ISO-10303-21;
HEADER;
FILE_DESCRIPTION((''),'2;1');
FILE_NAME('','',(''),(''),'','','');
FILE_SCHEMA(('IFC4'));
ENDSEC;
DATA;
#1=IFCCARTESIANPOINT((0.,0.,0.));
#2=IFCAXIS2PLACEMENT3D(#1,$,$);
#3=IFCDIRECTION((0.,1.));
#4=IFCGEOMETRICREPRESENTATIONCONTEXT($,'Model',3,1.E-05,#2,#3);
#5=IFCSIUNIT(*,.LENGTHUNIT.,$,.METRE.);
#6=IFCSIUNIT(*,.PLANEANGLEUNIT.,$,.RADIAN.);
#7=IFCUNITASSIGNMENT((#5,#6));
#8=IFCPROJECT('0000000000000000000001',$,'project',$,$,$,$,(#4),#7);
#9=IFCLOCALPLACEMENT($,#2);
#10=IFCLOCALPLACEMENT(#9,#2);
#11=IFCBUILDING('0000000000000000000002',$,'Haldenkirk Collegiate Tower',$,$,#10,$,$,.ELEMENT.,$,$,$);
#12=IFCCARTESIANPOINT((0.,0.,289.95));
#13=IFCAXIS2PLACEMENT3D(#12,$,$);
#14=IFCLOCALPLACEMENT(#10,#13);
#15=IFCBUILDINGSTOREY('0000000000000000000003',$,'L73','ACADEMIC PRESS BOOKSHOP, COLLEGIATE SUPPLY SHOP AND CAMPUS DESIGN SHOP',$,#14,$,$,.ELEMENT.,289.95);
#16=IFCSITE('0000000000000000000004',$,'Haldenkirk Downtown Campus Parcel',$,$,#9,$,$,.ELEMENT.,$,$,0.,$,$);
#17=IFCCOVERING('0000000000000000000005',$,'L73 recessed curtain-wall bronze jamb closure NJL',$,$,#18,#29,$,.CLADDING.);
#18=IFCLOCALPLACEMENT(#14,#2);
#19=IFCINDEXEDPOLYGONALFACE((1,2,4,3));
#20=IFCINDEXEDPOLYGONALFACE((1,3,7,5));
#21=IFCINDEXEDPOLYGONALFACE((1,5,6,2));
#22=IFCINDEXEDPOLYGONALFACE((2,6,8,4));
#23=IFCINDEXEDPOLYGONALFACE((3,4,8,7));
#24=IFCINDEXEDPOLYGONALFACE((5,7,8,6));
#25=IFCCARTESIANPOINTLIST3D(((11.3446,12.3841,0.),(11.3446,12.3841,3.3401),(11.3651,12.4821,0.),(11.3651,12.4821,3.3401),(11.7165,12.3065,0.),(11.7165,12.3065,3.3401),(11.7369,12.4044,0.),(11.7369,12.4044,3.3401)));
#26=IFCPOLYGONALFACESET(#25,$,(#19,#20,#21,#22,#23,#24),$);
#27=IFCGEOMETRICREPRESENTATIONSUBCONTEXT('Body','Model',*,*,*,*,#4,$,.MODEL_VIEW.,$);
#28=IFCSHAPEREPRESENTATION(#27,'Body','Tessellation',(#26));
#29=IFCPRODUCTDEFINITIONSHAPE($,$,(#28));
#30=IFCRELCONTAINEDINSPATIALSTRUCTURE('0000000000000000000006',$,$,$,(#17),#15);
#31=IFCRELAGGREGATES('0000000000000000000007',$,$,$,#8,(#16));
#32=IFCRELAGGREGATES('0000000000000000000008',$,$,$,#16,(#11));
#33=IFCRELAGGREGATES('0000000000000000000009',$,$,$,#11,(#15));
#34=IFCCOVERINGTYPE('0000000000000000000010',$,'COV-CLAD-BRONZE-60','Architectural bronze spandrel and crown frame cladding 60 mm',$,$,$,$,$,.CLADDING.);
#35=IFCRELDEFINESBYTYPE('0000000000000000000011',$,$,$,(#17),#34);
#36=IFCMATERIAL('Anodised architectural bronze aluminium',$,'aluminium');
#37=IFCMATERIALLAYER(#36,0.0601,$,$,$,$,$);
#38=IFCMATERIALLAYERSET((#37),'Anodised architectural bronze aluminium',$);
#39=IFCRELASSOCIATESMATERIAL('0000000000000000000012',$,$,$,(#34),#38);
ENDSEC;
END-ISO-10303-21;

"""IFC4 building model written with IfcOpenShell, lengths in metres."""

from ifc_helpers import new_model, si_unit, direction, frame, origin, origin_2d, place, context, subcontext, project, spatial, rectangle, extrude, source, transform, mapped, material, layer, layer_set, type_object, element, save


model = new_model("IFC4")

# Units and contexts
model_context = context("Model", 3, precision=1e-05, world=origin(), true_north=direction((0.0, 1.0)))
body_context = subcontext(model_context, "Body", "Model", "MODEL_VIEW")
ifc_project = project(units=[si_unit("LENGTHUNIT", "METRE"), si_unit("PLANEANGLEUNIT", "RADIAN")], contexts=[model_context])

# Site, building, storey
site_placement = place(None, origin())
site = spatial("IfcSite", under=ifc_project, at=site_placement, Name="Haldenkirk Downtown Campus Parcel", CompositionType="ELEMENT", RefElevation=0.0)
building_placement = place(site_placement, origin())
building = spatial("IfcBuilding", under=site, at=building_placement, Name="Haldenkirk Collegiate Tower", CompositionType="ELEMENT")
storey_placement = place(building_placement, frame((0.0, 0.0, 289.95)))
storey = spatial("IfcBuildingStorey", under=building, at=storey_placement, Name="L73", Description="ACADEMIC PRESS BOOKSHOP, COLLEGIATE SUPPLY SHOP AND CAMPUS DESIGN SHOP", CompositionType="ELEMENT", Elevation=289.95)

# Shared definitions
ifc_material_1 = material(Name="Anodised architectural bronze aluminium", Category="aluminium")

# Covering
ifc_layer_1 = layer(ifc_material_1, 0.0601)
ifc_layer_set_1 = layer_set([ifc_layer_1], Name="Anodised architectural bronze aluminium")
covering_type_1 = type_object("IfcCoveringType", Name="COV-CLAD-BRONZE-60", Description="Architectural bronze spandrel and crown frame cladding 60 mm", PredefinedType="CLADDING", material=ifc_layer_set_1)
shared_shape_1 = source(origin(), body_context, "Body", "SweptSolid", [
    extrude(rectangle(XDim=0.1001, YDim=0.3799, at=origin_2d()), origin(), (0.0, 0.0, 1.0), 3.3401),
])
covering_1_placement = place(storey_placement, frame((11.5408, 12.3943, 0.0), z_axis=(0.0, 0.0, 1.0), x_axis=(0.204496, 0.978867, 0.0)))
element("IfcCovering", 1, at=covering_1_placement, inside=storey, type_object=covering_type_1, Name="L73 recessed curtain-wall bronze jamb closure NJL", PredefinedType="CLADDING", context=body_context, shape_type="MappedRepresentation", body=[
    mapped(shared_shape_1, transform((0.0, 0.0, 0.0), x_axis=(1.0, 0.0, 0.0), y_axis=(0.0, 1.0, 0.0), z_axis=(0.0, 0.0, 1.0), scale=1.0)),
])

save(model, "model.ifc")
